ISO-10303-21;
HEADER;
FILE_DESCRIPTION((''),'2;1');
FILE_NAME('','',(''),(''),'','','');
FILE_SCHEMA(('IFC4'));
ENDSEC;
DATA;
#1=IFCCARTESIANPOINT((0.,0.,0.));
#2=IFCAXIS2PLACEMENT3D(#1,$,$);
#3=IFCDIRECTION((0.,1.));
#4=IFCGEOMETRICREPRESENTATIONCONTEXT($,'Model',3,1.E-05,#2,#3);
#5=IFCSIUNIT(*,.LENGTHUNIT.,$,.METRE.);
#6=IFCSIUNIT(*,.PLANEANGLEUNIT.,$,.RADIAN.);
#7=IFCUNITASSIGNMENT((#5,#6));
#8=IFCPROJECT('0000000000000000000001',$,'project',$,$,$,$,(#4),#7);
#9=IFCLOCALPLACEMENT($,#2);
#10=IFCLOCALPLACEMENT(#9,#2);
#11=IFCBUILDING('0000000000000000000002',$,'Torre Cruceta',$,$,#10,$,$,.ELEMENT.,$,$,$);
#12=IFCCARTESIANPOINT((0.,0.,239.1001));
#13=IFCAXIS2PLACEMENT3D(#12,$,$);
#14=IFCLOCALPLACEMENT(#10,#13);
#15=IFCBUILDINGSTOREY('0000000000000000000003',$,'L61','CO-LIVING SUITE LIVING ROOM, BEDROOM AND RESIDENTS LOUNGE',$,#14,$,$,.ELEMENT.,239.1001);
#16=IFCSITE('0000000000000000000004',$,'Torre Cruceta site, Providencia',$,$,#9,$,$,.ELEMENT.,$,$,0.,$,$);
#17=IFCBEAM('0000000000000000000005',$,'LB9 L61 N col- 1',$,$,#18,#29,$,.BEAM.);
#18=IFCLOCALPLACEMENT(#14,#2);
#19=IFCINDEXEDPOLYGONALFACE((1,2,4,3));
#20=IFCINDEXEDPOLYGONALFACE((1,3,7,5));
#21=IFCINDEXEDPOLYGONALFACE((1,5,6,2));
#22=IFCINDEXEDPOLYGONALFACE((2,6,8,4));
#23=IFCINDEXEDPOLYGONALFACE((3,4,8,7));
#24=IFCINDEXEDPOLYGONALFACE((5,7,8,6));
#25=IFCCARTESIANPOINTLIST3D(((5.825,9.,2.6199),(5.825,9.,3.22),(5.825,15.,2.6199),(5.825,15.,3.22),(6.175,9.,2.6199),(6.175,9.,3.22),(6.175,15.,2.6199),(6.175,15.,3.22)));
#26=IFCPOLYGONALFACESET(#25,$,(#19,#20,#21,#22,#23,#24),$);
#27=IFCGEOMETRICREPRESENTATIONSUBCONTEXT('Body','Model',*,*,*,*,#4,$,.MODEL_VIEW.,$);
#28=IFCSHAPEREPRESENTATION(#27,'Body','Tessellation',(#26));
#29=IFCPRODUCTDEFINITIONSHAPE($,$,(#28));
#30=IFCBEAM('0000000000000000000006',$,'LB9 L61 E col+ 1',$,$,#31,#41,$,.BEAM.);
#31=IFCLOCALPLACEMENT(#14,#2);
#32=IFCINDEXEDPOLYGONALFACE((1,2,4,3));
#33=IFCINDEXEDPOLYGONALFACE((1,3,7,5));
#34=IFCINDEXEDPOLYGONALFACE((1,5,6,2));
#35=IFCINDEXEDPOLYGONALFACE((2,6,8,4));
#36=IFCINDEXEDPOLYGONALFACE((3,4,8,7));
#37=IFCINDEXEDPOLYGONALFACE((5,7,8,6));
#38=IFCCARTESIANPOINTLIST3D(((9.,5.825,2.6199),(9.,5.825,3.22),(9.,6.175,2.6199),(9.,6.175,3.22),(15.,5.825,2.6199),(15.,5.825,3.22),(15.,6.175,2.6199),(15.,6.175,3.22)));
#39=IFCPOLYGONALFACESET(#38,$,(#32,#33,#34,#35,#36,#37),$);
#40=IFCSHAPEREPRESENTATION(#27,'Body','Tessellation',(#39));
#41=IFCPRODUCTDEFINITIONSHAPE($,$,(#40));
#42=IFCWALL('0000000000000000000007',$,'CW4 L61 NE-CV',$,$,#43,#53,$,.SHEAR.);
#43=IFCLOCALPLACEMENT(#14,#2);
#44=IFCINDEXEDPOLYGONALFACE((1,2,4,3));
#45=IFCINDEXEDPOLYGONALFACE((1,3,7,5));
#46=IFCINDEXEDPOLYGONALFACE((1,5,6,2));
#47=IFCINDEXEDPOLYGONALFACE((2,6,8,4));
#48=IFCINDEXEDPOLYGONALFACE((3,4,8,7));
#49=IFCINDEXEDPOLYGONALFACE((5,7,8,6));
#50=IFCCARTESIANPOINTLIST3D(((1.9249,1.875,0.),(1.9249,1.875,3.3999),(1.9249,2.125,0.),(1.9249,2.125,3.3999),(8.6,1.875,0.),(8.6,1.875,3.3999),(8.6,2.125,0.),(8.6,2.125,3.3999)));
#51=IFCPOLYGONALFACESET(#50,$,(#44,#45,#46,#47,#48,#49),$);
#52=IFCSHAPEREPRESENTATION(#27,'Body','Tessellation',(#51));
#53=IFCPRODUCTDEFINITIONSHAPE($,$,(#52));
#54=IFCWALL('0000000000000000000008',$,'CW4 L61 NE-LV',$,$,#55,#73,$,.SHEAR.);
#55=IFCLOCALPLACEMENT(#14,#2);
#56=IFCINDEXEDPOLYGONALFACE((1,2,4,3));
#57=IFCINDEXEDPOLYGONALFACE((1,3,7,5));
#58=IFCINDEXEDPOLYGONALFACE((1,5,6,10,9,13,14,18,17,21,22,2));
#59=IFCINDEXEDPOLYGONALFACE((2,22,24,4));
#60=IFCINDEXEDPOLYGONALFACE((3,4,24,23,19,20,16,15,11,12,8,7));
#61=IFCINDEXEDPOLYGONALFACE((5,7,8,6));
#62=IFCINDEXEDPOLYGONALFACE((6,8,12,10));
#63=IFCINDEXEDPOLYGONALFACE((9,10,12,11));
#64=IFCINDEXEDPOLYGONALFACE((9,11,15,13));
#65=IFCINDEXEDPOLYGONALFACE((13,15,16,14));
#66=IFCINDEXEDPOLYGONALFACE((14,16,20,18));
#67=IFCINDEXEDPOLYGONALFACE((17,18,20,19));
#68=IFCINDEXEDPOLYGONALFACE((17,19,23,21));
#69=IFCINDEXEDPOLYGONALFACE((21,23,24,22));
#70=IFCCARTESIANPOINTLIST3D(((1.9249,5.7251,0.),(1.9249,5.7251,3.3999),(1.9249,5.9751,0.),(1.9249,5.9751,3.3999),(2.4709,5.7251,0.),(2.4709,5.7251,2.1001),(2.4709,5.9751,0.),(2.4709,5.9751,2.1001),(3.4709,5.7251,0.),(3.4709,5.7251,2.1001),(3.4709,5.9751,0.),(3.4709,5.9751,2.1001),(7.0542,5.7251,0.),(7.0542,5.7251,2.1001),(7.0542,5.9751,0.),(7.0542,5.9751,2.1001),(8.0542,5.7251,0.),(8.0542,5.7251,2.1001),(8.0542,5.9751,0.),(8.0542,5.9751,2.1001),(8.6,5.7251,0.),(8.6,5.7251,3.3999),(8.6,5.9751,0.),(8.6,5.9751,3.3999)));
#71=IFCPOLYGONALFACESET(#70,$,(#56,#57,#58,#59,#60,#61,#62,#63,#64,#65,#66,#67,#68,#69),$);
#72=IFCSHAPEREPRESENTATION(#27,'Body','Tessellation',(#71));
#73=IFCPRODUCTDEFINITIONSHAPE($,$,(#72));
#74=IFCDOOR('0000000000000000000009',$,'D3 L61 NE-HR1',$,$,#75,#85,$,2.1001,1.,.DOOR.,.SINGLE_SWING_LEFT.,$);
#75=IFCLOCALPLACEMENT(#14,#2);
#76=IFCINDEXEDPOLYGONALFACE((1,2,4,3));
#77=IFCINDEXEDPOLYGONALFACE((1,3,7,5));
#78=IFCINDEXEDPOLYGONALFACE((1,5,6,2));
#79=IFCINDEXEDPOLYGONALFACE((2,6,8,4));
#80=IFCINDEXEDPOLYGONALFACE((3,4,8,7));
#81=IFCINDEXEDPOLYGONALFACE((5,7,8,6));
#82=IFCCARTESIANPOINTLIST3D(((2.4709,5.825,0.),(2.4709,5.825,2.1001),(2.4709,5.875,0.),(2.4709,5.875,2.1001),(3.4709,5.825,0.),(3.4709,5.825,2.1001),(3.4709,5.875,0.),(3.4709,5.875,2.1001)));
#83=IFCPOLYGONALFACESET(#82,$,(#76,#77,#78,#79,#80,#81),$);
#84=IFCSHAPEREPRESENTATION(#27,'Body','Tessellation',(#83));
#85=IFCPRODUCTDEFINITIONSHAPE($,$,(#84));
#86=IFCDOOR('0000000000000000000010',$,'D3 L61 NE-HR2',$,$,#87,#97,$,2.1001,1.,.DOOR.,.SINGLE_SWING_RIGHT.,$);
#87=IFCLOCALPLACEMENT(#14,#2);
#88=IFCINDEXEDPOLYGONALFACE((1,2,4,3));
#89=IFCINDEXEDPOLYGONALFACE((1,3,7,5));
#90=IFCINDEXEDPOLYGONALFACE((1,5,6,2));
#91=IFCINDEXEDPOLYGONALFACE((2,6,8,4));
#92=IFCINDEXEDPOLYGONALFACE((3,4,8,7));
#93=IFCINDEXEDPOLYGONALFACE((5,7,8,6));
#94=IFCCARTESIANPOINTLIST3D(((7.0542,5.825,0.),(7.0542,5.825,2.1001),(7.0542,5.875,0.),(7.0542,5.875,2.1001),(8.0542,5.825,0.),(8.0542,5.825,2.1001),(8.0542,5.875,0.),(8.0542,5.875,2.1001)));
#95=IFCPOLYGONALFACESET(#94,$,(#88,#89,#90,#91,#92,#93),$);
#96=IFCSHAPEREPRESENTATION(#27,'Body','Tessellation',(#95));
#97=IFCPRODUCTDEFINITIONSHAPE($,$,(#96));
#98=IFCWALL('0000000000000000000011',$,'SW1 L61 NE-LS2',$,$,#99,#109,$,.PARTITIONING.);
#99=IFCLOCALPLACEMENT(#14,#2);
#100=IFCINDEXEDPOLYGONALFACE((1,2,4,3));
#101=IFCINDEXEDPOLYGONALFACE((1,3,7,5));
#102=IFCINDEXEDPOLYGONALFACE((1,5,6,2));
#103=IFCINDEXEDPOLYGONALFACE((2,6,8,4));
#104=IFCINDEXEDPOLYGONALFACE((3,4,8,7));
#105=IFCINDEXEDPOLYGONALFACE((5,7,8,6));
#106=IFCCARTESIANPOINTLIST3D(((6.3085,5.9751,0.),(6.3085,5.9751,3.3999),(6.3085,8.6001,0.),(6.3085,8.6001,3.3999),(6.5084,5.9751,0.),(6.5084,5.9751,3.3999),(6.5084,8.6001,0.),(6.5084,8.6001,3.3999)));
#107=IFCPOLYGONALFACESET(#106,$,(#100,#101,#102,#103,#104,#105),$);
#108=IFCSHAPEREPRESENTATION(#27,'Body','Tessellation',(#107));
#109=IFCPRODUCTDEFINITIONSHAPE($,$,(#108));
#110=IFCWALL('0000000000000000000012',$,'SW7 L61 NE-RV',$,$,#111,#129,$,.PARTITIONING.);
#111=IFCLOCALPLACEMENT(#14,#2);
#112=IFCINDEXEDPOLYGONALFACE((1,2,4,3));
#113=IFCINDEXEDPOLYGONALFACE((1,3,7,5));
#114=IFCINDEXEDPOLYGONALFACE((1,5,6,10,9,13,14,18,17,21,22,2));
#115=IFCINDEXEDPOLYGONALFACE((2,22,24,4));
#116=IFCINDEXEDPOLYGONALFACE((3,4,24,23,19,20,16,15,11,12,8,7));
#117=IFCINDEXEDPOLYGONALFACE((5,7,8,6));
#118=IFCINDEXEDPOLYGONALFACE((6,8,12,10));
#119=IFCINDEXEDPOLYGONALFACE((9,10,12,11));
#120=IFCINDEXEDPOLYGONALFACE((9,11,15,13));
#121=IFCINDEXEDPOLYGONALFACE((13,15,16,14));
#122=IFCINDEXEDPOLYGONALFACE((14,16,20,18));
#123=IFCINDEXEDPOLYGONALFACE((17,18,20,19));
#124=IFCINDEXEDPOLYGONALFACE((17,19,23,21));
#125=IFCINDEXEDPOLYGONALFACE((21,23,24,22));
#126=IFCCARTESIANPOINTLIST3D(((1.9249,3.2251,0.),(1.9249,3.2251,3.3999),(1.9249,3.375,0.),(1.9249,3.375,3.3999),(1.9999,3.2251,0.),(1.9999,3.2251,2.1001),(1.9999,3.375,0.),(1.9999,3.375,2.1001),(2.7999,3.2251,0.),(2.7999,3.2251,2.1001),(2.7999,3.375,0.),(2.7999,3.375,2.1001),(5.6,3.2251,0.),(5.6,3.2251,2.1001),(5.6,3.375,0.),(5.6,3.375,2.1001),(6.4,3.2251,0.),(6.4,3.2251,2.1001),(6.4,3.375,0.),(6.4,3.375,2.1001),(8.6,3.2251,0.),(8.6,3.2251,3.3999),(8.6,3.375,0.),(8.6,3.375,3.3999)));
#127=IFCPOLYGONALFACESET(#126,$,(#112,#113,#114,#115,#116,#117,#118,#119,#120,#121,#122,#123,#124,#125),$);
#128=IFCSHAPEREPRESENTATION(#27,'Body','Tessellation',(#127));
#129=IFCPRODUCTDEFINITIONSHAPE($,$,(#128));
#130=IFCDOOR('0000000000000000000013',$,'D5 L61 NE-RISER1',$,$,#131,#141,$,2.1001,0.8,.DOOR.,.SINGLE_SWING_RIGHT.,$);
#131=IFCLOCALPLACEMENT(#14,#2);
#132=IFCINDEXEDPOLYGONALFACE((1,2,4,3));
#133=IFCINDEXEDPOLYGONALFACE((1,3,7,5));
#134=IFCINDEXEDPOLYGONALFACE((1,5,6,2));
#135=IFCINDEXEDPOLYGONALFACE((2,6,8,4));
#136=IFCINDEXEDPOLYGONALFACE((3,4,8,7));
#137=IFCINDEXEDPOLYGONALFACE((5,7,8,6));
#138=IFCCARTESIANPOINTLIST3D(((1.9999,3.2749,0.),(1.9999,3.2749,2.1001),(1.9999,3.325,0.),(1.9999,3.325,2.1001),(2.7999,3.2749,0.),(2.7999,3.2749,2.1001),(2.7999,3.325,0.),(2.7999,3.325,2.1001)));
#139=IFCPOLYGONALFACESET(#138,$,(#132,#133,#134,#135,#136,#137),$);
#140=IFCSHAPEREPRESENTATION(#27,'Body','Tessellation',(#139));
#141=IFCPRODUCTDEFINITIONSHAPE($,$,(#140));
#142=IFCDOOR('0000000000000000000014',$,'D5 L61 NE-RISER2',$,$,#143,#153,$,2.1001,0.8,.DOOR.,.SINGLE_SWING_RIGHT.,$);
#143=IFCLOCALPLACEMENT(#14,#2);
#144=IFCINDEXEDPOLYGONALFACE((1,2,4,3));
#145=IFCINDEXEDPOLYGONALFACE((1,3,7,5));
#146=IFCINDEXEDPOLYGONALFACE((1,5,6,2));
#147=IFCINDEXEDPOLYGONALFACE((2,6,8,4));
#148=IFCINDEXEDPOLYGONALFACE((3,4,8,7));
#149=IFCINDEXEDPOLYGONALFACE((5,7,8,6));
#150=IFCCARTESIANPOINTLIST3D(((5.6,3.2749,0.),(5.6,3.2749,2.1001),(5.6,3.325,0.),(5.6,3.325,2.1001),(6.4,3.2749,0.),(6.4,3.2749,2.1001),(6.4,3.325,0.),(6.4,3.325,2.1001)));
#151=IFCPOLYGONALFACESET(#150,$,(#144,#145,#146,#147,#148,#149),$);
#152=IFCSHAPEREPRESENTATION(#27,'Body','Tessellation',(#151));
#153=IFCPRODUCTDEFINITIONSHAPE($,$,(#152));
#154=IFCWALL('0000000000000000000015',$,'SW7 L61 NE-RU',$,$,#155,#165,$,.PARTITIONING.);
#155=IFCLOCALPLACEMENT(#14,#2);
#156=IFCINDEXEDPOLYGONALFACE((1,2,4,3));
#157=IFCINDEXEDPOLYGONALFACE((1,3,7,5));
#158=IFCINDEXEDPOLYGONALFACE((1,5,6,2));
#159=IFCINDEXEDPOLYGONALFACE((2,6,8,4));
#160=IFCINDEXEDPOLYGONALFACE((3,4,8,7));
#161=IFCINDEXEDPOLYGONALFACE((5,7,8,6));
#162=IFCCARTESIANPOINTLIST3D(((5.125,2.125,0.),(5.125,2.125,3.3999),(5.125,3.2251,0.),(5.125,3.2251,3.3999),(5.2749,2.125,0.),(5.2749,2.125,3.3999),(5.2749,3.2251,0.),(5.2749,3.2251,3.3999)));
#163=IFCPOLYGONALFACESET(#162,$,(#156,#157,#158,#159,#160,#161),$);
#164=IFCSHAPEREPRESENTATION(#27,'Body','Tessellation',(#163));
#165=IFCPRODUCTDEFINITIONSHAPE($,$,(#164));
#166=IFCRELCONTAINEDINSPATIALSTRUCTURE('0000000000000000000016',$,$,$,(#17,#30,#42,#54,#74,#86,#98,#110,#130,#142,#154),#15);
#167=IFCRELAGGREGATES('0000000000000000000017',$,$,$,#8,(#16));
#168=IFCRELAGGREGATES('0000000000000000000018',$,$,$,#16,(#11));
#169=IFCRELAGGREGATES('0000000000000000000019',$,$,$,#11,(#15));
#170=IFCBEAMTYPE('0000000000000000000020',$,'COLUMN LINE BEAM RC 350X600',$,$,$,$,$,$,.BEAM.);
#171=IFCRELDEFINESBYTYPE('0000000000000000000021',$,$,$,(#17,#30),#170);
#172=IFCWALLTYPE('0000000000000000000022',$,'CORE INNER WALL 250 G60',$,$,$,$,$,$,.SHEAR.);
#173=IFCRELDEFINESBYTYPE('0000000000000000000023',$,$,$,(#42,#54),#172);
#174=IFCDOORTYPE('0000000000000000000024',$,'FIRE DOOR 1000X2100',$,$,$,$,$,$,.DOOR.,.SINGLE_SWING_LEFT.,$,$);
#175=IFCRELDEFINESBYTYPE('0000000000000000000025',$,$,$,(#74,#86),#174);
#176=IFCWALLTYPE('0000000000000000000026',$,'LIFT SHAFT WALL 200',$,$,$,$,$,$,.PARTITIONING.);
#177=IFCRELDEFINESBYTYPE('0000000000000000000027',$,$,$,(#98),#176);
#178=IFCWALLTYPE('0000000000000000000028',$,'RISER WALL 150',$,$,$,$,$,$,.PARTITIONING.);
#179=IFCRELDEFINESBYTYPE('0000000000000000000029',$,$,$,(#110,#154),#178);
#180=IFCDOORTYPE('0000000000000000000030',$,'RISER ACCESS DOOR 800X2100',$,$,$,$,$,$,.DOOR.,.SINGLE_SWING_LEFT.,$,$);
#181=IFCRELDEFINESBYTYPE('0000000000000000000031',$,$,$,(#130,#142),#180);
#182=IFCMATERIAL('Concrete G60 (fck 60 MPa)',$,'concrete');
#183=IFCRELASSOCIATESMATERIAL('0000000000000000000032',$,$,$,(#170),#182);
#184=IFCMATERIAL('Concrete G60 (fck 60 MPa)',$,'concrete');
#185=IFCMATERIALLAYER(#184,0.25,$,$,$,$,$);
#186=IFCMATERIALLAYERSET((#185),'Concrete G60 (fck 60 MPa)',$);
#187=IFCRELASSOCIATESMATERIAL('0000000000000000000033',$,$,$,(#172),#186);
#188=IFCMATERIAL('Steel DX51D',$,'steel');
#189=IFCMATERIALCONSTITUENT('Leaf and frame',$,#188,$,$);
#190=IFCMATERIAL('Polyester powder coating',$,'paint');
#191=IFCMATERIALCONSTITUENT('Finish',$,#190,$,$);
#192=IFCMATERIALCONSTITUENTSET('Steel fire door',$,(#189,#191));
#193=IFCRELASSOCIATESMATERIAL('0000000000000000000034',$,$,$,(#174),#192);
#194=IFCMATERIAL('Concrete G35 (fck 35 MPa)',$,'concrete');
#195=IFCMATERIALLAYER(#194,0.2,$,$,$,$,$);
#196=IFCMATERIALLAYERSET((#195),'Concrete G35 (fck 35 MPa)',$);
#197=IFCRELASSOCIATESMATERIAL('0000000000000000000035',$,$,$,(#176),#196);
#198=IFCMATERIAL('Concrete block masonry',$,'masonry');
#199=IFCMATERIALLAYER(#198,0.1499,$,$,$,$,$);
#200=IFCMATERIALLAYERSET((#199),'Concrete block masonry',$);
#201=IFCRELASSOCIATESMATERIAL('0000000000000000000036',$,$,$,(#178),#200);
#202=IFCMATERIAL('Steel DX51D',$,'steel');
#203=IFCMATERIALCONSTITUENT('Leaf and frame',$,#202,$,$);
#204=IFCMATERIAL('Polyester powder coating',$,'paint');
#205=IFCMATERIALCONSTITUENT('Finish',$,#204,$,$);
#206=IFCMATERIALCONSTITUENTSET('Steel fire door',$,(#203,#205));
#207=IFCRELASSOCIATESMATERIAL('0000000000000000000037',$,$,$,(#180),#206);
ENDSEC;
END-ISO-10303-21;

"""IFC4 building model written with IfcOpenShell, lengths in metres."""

from ifc_helpers import new_model, si_unit, direction, frame, frame_2d, origin, origin_2d, place, context, subcontext, project, spatial, rectangle, extrude, material, layer, layer_set, constituent, constituent_set, material_profile, profile_set, type_object, element, fill, save


model = new_model("IFC4")

# Units and contexts
model_context = context("Model", 3, precision=1e-05, world=origin(), true_north=direction((0.0, 1.0)))
body_context = subcontext(model_context, "Body", "Model", "MODEL_VIEW")
ifc_project = project(units=[si_unit("LENGTHUNIT", "METRE"), si_unit("PLANEANGLEUNIT", "RADIAN")], contexts=[model_context])

# Site, building, storey
site_placement = place(None, origin())
site = spatial("IfcSite", under=ifc_project, at=site_placement, Name="Torre Cruceta site, Providencia", CompositionType="ELEMENT", RefElevation=0.0)
building_placement = place(site_placement, origin())
building = spatial("IfcBuilding", under=site, at=building_placement, Name="Torre Cruceta", CompositionType="ELEMENT")
storey_placement = place(building_placement, frame((0.0, 0.0, 239.1001)))
storey = spatial("IfcBuildingStorey", under=building, at=storey_placement, Name="L61", Description="CO-LIVING SUITE LIVING ROOM, BEDROOM AND RESIDENTS LOUNGE", CompositionType="ELEMENT", Elevation=239.1001)

# Beams
ifc_material_1 = material(Name="Concrete G60 (fck 60 MPa)", Category="concrete")
ifc_material_profile = material_profile(ifc_material_1, rectangle(XDim=0.3501, YDim=0.6001, at=origin_2d()), Name="RC 350X600")
ifc_profile_set = profile_set([ifc_material_profile], Name="Concrete G60 (fck 60 MPa)")
beam_type = type_object("IfcBeamType", Name="COLUMN LINE BEAM RC 350X600", PredefinedType="BEAM", material=ifc_profile_set)
for number, where, z_axis, x_axis, name in (
    (1, (6.0, 9.0, 2.9199), (0.0, 1.0, 0.0), (-1.0, 0.0, 0.0), "LB9 L61 N col- 1"),
    (2, (9.0, 6.0, 2.9199), (1.0, 0.0, 0.0), (0.0, 1.0, 0.0), "LB9 L61 E col+ 1"),
):
    element("IfcBeam", number, at=place(storey_placement, frame(where, z_axis=z_axis, x_axis=x_axis)), inside=storey, type_object=beam_type, Name=name, PredefinedType="BEAM", context=body_context, shape_type="SweptSolid", body=[
        extrude(rectangle(XDim=0.3501, YDim=0.6001, at=origin_2d()), origin(), (0.0, 0.0, 1.0), 6.0),
    ])

# Shared definitions
ifc_material_2 = material(Name="Concrete G60 (fck 60 MPa)", Category="concrete")
ifc_layer_1 = layer(ifc_material_2, 0.25)
ifc_layer_set_1 = layer_set([ifc_layer_1], Name="Concrete G60 (fck 60 MPa)")
wall_type_1 = type_object("IfcWallType", Name="CORE INNER WALL 250 G60", PredefinedType="SHEAR", material=ifc_layer_set_1)

# Wall
wall_1_placement = place(storey_placement, frame((1.925, 2.0, 0.0), z_axis=(0.0, 0.0, 1.0), x_axis=(1.0, 0.0, 0.0)))
element("IfcWall", 3, at=wall_1_placement, inside=storey, type_object=wall_type_1, Name="CW4 L61 NE-CV", PredefinedType="SHEAR", context=body_context, shape_type="SweptSolid", body=[
    extrude(rectangle(XDim=6.675, YDim=0.25, at=frame_2d((3.3374, 0.0))), origin(), (0.0, 0.0, 1.0), 3.3999),
])

# Wall, openings, doors
wall_2_placement = place(storey_placement, frame((1.925, 5.8501, 0.0), z_axis=(0.0, 0.0, 1.0), x_axis=(1.0, 0.0, 0.0)))
wall_2 = element("IfcWall", 4, at=wall_2_placement, inside=storey, type_object=wall_type_1, Name="CW4 L61 NE-LV", PredefinedType="SHEAR", context=body_context, shape_type="SweptSolid", body=[
    extrude(rectangle(XDim=6.675, YDim=0.25, at=frame_2d((3.3374, 0.0))), origin(), (0.0, 0.0, 1.0), 3.3999),
])
opening_1_placement = place(wall_2_placement, frame((0.5459, 0.0, 0.0)))
opening_1 = element("IfcOpeningElement", 5, at=opening_1_placement, cuts=wall_2, PredefinedType="OPENING", context=body_context, shape_type="SweptSolid", body=[
    extrude(rectangle(XDim=1.0, YDim=2.1001, at=frame_2d((0.5, 1.05))), frame((0.0, 0.135, 0.0), z_axis=(0.0, -1.0, 0.0), x_axis=(1.0, 0.0, 0.0)), (0.0, 0.0, 1.0), 0.27),
])
opening_2_placement = place(wall_2_placement, frame((5.1292, 0.0, 0.0)))
opening_2 = element("IfcOpeningElement", 6, at=opening_2_placement, cuts=wall_2, PredefinedType="OPENING", context=body_context, shape_type="SweptSolid", body=[
    extrude(rectangle(XDim=1.0, YDim=2.1001, at=frame_2d((0.5, 1.05))), frame((0.0, 0.135, 0.0), z_axis=(0.0, -1.0, 0.0), x_axis=(1.0, 0.0, 0.0)), (0.0, 0.0, 1.0), 0.27),
])
ifc_material_3 = material(Name="Steel DX51D", Category="steel")
ifc_constituent_1 = constituent(ifc_material_3, Name="Leaf and frame")
ifc_material_4 = material(Name="Polyester powder coating", Category="paint")
ifc_constituent_2 = constituent(ifc_material_4, Name="Finish")
ifc_constituent_set_1 = constituent_set(constituents=[ifc_constituent_1, ifc_constituent_2], Name="Steel fire door")
door_type_1 = type_object("IfcDoorType", Name="FIRE DOOR 1000X2100", OperationType="SINGLE_SWING_LEFT", PredefinedType="DOOR", material=ifc_constituent_set_1)
door_1_placement = place(opening_1_placement, origin())
door_1 = element("IfcDoor", 7, at=door_1_placement, inside=storey, type_object=door_type_1, Name="D3 L61 NE-HR1", OperationType="SINGLE_SWING_LEFT", OverallHeight=2.1001, OverallWidth=1.0, PredefinedType="DOOR", context=body_context, shape_type="SweptSolid", body=[
    extrude(rectangle(XDim=1.0, YDim=2.1001, at=frame_2d((0.5, 1.05))), frame((0.0, 0.0249, 0.0), z_axis=(0.0, -1.0, 0.0), x_axis=(1.0, 0.0, 0.0)), (0.0, 0.0, 1.0), 0.05),
])
fill(opening_1, door_1)
door_2_placement = place(opening_2_placement, origin())
door_2 = element("IfcDoor", 8, at=door_2_placement, inside=storey, type_object=door_type_1, Name="D3 L61 NE-HR2", OperationType="SINGLE_SWING_RIGHT", OverallHeight=2.1001, OverallWidth=1.0, PredefinedType="DOOR", context=body_context, shape_type="SweptSolid", body=[
    extrude(rectangle(XDim=1.0, YDim=2.1001, at=frame_2d((0.5, 1.05))), frame((0.0, 0.0249, 0.0), z_axis=(0.0, -1.0, 0.0), x_axis=(1.0, 0.0, 0.0)), (0.0, 0.0, 1.0), 0.05),
])
fill(opening_2, door_2)

# Wall
ifc_material_5 = material(Name="Concrete G35 (fck 35 MPa)", Category="concrete")
ifc_layer_2 = layer(ifc_material_5, 0.2)
ifc_layer_set_2 = layer_set([ifc_layer_2], Name="Concrete G35 (fck 35 MPa)")
wall_type_2 = type_object("IfcWallType", Name="LIFT SHAFT WALL 200", PredefinedType="PARTITIONING", material=ifc_layer_set_2)
wall_3_placement = place(storey_placement, frame((6.4084, 5.9751, 0.0), z_axis=(0.0, 0.0, 1.0), x_axis=(0.0, 1.0, 0.0)))
element("IfcWall", 9, at=wall_3_placement, inside=storey, type_object=wall_type_2, Name="SW1 L61 NE-LS2", PredefinedType="PARTITIONING", context=body_context, shape_type="SweptSolid", body=[
    extrude(rectangle(XDim=2.625, YDim=0.2, at=frame_2d((1.3125, 0.0))), origin(), (0.0, 0.0, 1.0), 3.3999),
])

# Wall, openings, doors
ifc_material_6 = material(Name="Concrete block masonry", Category="masonry")
ifc_layer_3 = layer(ifc_material_6, 0.1499)
ifc_layer_set_3 = layer_set([ifc_layer_3], Name="Concrete block masonry")
wall_type_3 = type_object("IfcWallType", Name="RISER WALL 150", PredefinedType="PARTITIONING", material=ifc_layer_set_3)
wall_4_placement = place(storey_placement, frame((1.925, 3.3, 0.0), z_axis=(0.0, 0.0, 1.0), x_axis=(1.0, 0.0, 0.0)))
wall_4 = element("IfcWall", 10, at=wall_4_placement, inside=storey, type_object=wall_type_3, Name="SW7 L61 NE-RV", PredefinedType="PARTITIONING", context=body_context, shape_type="SweptSolid", body=[
    extrude(rectangle(XDim=6.675, YDim=0.1499, at=frame_2d((3.3374, 0.0))), origin(), (0.0, 0.0, 1.0), 3.3999),
])
opening_3_placement = place(wall_4_placement, frame((0.075, 0.0, 0.0)))
opening_3 = element("IfcOpeningElement", 11, at=opening_3_placement, cuts=wall_4, PredefinedType="OPENING", context=body_context, shape_type="SweptSolid", body=[
    extrude(rectangle(XDim=0.8, YDim=2.1001, at=frame_2d((0.3999, 1.05))), frame((0.0, 0.085, 0.0), z_axis=(0.0, -1.0, 0.0), x_axis=(1.0, 0.0, 0.0)), (0.0, 0.0, 1.0), 0.1699),
])
opening_4_placement = place(wall_4_placement, frame((3.675, 0.0, 0.0)))
opening_4 = element("IfcOpeningElement", 12, at=opening_4_placement, cuts=wall_4, PredefinedType="OPENING", context=body_context, shape_type="SweptSolid", body=[
    extrude(rectangle(XDim=0.8, YDim=2.1001, at=frame_2d((0.3999, 1.05))), frame((0.0, 0.085, 0.0), z_axis=(0.0, -1.0, 0.0), x_axis=(1.0, 0.0, 0.0)), (0.0, 0.0, 1.0), 0.1699),
])
ifc_material_7 = material(Name="Steel DX51D", Category="steel")
ifc_constituent_3 = constituent(ifc_material_7, Name="Leaf and frame")
ifc_material_8 = material(Name="Polyester powder coating", Category="paint")
ifc_constituent_4 = constituent(ifc_material_8, Name="Finish")
ifc_constituent_set_2 = constituent_set(constituents=[ifc_constituent_3, ifc_constituent_4], Name="Steel fire door")
door_type_2 = type_object("IfcDoorType", Name="RISER ACCESS DOOR 800X2100", OperationType="SINGLE_SWING_LEFT", PredefinedType="DOOR", material=ifc_constituent_set_2)
door_3_placement = place(opening_3_placement, frame((0.8, 0.0, 0.0), z_axis=(0.0, 0.0, 1.0), x_axis=(-1.0, 0.0, 0.0)))
door_3 = element("IfcDoor", 13, at=door_3_placement, inside=storey, type_object=door_type_2, Name="D5 L61 NE-RISER1", OperationType="SINGLE_SWING_RIGHT", OverallHeight=2.1001, OverallWidth=0.8, PredefinedType="DOOR", context=body_context, shape_type="SweptSolid", body=[
    extrude(rectangle(XDim=0.8, YDim=2.1001, at=frame_2d((0.4001, 1.05))), frame((0.0, 0.0251, 0.0), z_axis=(0.0, -1.0, 0.0), x_axis=(1.0, 0.0, 0.0)), (0.0, 0.0, 1.0), 0.05),
])
fill(opening_3, door_3)
door_4_placement = place(opening_4_placement, frame((0.8, 0.0, 0.0), z_axis=(0.0, 0.0, 1.0), x_axis=(-1.0, 0.0, 0.0)))
door_4 = element("IfcDoor", 14, at=door_4_placement, inside=storey, type_object=door_type_2, Name="D5 L61 NE-RISER2", OperationType="SINGLE_SWING_RIGHT", OverallHeight=2.1001, OverallWidth=0.8, PredefinedType="DOOR", context=body_context, shape_type="SweptSolid", body=[
    extrude(rectangle(XDim=0.8, YDim=2.1001, at=frame_2d((0.4001, 1.05))), frame((0.0, 0.0251, 0.0), z_axis=(0.0, -1.0, 0.0), x_axis=(1.0, 0.0, 0.0)), (0.0, 0.0, 1.0), 0.05),
])
fill(opening_4, door_4)

# Wall
wall_5_placement = place(storey_placement, frame((5.2, 2.125, 0.0), z_axis=(0.0, 0.0, 1.0), x_axis=(0.0, 1.0, 0.0)))
element("IfcWall", 15, at=wall_5_placement, inside=storey, type_object=wall_type_3, Name="SW7 L61 NE-RU", PredefinedType="PARTITIONING", context=body_context, shape_type="SweptSolid", body=[
    extrude(rectangle(XDim=1.1001, YDim=0.1499, at=frame_2d((0.55, 0.0))), origin(), (0.0, 0.0, 1.0), 3.3999),
])

save(model, "model.ifc")
